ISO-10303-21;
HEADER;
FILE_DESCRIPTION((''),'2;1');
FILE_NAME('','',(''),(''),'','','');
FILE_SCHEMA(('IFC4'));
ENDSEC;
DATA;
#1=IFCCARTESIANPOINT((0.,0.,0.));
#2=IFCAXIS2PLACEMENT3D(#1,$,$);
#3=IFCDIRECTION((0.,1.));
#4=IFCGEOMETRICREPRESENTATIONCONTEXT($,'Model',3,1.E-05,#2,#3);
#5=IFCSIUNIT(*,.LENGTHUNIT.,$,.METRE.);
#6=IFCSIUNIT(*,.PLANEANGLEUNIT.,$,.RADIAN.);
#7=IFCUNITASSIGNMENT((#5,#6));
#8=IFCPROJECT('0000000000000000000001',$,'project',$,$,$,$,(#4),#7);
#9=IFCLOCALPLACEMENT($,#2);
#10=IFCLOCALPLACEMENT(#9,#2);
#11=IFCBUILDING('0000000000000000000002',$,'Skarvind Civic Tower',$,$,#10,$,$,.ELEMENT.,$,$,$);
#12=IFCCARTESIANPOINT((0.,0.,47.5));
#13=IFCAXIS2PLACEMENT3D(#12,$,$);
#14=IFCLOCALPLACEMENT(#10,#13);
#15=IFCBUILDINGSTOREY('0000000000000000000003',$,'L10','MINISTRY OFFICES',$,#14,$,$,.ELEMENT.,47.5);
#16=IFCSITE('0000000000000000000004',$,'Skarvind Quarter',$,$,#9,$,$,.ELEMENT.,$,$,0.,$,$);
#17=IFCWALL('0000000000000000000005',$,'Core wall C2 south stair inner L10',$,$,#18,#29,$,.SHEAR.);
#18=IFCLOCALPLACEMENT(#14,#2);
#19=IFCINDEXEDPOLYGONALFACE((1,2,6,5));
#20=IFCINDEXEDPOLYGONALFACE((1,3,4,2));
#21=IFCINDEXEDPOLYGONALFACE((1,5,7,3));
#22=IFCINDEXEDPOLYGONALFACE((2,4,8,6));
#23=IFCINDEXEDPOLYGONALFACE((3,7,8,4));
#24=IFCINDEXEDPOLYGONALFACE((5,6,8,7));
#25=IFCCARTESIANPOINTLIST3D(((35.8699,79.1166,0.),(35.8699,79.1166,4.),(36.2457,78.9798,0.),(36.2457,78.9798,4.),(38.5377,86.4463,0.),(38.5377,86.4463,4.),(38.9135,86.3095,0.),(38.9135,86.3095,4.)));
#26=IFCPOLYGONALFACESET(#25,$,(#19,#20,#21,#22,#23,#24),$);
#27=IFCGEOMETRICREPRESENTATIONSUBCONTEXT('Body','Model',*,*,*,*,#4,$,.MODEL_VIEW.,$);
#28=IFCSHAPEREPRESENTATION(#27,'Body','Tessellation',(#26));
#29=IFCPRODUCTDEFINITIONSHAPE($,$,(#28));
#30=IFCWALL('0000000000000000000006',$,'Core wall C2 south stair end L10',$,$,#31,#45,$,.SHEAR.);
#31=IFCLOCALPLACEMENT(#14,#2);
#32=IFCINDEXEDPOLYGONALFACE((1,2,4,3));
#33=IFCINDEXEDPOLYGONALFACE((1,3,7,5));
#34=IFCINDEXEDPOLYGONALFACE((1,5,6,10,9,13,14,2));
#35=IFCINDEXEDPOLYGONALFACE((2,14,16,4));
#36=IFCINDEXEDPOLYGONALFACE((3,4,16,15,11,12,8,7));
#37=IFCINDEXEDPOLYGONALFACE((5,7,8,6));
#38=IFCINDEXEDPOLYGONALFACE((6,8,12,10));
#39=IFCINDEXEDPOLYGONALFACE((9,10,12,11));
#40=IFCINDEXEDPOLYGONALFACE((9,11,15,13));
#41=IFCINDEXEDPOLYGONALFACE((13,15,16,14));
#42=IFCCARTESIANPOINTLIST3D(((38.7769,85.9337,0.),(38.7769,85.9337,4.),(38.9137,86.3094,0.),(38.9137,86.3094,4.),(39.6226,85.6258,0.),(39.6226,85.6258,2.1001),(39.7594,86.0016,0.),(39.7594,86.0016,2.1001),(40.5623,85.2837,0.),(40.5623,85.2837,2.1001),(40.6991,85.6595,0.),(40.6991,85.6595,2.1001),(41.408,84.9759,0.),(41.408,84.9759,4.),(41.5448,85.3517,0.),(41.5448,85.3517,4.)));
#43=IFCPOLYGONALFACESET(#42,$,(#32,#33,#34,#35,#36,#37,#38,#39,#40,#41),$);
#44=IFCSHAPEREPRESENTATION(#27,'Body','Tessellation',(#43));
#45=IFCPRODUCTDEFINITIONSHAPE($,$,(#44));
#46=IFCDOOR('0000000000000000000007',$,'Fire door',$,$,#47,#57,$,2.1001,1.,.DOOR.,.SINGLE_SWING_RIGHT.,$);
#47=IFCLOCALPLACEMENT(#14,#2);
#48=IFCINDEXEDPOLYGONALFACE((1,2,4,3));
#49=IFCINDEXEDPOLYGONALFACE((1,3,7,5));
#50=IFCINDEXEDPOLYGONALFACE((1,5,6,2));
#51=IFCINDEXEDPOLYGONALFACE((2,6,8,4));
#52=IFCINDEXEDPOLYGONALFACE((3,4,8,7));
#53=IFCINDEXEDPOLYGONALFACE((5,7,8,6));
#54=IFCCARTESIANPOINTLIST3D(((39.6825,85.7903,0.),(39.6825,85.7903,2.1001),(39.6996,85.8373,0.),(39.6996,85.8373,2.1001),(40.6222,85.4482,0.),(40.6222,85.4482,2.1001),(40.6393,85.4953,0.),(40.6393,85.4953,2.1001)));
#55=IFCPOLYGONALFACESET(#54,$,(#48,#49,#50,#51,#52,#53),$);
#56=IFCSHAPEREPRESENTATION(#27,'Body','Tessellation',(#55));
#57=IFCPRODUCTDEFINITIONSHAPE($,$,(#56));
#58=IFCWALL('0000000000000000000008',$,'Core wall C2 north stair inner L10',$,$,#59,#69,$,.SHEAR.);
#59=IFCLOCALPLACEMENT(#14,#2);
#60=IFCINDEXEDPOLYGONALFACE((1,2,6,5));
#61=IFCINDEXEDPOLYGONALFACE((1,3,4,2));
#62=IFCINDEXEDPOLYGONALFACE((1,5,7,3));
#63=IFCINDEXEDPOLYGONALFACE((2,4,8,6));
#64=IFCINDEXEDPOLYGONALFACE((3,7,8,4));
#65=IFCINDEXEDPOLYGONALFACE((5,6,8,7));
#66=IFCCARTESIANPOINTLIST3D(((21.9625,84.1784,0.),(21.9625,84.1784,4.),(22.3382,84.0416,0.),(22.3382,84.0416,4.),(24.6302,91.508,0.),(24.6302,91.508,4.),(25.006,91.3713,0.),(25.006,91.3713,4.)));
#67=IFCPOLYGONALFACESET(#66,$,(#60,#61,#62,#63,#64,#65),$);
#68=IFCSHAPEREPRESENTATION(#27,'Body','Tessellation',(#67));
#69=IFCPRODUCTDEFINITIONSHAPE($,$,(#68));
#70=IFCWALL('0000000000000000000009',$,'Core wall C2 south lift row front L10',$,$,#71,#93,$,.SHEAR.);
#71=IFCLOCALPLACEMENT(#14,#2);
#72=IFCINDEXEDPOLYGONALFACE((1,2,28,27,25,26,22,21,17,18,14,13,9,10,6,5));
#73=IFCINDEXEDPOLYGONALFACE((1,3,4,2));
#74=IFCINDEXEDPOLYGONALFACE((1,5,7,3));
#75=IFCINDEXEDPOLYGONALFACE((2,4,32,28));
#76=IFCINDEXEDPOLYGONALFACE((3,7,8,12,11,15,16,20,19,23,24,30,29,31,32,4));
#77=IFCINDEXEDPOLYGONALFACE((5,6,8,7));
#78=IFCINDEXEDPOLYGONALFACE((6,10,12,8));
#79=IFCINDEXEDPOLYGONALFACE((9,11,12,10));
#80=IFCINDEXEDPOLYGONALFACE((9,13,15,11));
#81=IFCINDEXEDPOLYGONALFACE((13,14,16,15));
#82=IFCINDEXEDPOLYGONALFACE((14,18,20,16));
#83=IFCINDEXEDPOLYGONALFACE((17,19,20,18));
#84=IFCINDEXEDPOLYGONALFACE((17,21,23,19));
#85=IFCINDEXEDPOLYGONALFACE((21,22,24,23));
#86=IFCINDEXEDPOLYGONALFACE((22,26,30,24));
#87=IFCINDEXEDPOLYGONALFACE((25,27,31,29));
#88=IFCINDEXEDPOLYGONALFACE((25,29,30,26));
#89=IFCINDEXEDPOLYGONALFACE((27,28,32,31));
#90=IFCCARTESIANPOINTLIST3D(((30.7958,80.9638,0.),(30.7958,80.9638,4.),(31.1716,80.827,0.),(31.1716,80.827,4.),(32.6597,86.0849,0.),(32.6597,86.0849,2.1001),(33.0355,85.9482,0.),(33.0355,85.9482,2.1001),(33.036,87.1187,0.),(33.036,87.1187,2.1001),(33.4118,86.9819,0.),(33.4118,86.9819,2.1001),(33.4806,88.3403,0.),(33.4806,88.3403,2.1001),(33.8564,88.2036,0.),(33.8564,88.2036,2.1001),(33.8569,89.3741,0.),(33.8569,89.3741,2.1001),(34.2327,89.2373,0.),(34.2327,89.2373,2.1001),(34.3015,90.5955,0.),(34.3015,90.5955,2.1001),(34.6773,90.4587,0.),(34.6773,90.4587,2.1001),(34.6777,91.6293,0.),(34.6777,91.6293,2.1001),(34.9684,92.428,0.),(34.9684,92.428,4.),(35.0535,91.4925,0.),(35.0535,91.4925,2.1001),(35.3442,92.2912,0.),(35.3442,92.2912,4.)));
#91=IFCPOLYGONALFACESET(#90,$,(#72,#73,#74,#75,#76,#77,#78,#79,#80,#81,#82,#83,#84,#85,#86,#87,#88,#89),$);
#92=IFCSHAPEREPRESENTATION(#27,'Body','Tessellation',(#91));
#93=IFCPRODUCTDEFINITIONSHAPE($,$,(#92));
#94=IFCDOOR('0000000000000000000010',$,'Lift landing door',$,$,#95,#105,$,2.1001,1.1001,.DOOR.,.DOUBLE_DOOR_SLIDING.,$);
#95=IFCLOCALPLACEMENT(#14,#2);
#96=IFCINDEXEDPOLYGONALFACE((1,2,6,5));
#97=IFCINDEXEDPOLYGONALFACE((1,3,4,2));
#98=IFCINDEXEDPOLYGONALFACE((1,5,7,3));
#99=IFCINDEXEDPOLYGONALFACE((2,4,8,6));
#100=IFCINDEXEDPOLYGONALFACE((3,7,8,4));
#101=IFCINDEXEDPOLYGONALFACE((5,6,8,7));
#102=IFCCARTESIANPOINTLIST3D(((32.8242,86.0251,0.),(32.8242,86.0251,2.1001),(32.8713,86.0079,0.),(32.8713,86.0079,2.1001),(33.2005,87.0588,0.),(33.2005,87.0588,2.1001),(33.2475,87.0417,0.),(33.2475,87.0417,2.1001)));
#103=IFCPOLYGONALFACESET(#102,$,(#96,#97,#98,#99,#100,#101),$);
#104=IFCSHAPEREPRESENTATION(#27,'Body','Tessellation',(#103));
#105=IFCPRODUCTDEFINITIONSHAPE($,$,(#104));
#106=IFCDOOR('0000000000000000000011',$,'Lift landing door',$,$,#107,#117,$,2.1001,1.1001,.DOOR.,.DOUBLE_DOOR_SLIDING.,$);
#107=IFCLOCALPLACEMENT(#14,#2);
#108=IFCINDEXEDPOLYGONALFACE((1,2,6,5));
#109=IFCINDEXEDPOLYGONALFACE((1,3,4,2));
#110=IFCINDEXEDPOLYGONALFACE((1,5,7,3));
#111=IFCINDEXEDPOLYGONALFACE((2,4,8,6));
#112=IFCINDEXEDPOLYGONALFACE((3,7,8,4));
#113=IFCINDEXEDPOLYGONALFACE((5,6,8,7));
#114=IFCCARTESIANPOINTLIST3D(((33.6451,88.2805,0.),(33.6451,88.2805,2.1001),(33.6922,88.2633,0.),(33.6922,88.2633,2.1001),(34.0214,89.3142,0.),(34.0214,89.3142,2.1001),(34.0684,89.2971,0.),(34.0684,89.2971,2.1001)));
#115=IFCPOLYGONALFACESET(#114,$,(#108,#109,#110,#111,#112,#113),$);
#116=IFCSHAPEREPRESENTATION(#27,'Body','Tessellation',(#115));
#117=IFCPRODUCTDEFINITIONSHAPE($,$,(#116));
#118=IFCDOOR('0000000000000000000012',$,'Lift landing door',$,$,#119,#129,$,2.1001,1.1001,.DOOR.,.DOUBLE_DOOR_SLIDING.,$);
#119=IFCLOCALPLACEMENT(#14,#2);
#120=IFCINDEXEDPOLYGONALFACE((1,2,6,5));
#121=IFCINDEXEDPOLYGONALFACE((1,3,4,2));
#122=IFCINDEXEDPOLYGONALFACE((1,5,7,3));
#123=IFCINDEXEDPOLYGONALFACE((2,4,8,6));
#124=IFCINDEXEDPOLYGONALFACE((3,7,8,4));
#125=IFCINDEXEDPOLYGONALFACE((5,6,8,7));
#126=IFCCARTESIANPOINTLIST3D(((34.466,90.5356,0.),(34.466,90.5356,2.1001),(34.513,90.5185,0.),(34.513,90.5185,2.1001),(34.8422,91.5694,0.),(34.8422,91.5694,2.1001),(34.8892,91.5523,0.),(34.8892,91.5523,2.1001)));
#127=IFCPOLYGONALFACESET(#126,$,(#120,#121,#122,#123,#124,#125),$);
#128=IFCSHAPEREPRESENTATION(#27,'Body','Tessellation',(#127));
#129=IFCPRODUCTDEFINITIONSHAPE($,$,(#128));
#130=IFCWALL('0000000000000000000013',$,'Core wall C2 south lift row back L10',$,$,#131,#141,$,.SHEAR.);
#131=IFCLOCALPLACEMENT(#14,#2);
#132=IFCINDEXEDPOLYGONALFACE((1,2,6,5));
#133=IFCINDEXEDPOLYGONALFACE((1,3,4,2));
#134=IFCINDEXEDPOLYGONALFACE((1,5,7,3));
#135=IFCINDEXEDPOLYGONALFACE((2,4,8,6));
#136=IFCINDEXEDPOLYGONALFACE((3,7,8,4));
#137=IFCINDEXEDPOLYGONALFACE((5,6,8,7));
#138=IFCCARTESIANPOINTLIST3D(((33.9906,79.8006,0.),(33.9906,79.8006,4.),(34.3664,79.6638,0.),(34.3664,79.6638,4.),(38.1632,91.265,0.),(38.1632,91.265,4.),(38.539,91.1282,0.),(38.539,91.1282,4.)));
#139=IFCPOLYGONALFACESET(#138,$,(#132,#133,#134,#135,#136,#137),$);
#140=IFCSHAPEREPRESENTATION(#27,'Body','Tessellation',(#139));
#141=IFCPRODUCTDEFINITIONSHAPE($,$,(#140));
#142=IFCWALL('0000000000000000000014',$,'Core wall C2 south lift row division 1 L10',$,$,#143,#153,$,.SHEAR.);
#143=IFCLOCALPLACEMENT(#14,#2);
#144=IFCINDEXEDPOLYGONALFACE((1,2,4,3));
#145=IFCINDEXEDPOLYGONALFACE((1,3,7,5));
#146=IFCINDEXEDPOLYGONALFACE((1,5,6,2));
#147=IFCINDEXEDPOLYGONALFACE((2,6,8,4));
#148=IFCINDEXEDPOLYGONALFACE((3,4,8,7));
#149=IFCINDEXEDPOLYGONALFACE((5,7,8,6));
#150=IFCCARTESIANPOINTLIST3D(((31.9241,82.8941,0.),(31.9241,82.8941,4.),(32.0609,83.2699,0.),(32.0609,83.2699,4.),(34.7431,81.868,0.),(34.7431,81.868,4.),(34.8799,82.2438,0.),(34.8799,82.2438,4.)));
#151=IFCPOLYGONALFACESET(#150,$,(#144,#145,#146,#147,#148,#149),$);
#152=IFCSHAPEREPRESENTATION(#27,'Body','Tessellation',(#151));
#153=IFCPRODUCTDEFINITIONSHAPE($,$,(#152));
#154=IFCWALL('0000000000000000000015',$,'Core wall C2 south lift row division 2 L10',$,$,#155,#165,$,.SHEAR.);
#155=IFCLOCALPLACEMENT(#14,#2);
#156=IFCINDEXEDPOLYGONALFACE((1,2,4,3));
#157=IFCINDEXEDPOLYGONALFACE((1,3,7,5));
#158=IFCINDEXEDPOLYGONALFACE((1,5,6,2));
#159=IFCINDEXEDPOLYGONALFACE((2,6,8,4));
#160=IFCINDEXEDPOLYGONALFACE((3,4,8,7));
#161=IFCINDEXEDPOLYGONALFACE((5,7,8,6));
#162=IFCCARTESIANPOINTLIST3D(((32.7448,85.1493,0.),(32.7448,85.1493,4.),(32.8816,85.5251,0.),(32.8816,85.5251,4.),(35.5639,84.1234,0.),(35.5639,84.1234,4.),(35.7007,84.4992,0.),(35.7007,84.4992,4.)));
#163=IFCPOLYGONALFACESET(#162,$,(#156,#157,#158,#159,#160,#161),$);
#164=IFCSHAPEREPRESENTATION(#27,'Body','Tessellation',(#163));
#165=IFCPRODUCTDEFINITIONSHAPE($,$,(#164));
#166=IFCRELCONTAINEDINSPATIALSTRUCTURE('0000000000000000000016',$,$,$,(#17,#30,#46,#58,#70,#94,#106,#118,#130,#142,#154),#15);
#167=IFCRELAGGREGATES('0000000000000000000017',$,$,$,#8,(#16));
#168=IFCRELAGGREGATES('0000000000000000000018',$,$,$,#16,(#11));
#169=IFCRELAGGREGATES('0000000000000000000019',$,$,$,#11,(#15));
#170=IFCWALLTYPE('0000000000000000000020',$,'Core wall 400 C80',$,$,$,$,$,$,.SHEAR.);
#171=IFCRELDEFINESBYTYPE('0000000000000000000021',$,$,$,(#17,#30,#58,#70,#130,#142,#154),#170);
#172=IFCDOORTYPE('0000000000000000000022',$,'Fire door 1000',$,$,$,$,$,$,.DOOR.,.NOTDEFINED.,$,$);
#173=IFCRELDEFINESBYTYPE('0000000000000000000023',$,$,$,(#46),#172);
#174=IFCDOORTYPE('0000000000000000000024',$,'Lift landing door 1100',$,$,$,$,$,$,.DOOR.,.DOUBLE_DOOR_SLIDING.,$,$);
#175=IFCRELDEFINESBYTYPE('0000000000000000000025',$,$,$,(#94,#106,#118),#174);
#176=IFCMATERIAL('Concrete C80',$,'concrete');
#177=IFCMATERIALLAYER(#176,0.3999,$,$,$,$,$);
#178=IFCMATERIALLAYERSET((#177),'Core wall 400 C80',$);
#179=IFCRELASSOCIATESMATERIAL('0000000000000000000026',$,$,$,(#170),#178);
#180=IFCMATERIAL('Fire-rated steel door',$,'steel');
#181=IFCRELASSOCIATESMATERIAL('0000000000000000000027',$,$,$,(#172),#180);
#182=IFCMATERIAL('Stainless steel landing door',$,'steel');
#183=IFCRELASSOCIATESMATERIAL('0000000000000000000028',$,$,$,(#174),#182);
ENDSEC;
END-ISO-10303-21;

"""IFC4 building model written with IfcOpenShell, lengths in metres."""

from ifc_helpers import new_model, si_unit, direction, frame, frame_2d, origin, place, context, subcontext, project, spatial, rectangle, extrude, material, layer, layer_set, type_object, element, fill, save


model = new_model("IFC4")

# Units and contexts
model_context = context("Model", 3, precision=1e-05, world=origin(), true_north=direction((0.0, 1.0)))
body_context = subcontext(model_context, "Body", "Model", "MODEL_VIEW")
ifc_project = project(units=[si_unit("LENGTHUNIT", "METRE"), si_unit("PLANEANGLEUNIT", "RADIAN")], contexts=[model_context])

# Site, building, storey
site_placement = place(None, origin())
site = spatial("IfcSite", under=ifc_project, at=site_placement, Name="Skarvind Quarter", CompositionType="ELEMENT", RefElevation=0.0)
building_placement = place(site_placement, origin())
building = spatial("IfcBuilding", under=site, at=building_placement, Name="Skarvind Civic Tower", CompositionType="ELEMENT")
storey_placement = place(building_placement, frame((0.0, 0.0, 47.5)))
storey = spatial("IfcBuildingStorey", under=building, at=storey_placement, Name="L10", Description="MINISTRY OFFICES", CompositionType="ELEMENT", Elevation=47.5)

# Wall
ifc_material_1 = material(Name="Concrete C80", Category="concrete")
ifc_layer_1 = layer(ifc_material_1, 0.3999)
ifc_layer_set_1 = layer_set([ifc_layer_1], Name="Core wall 400 C80")
wall_type_1 = type_object("IfcWallType", Name="Core wall 400 C80", PredefinedType="SHEAR", material=ifc_layer_set_1)
wall_1_placement = place(storey_placement, frame((36.0579, 79.0483, 0.0), z_axis=(0.0, 0.0, 1.0), x_axis=(0.342017, 0.939694, 0.0)))
element("IfcWall", 1, at=wall_1_placement, inside=storey, type_object=wall_type_1, Name="Core wall C2 south stair inner L10", PredefinedType="SHEAR", context=body_context, shape_type="SweptSolid", body=[
    extrude(rectangle(XDim=7.8, YDim=0.3999, at=frame_2d((3.8999, 0.0))), origin(), (0.0, 0.0, 1.0), 4.0),
])

# Wall, opening, door
wall_2_placement = place(storey_placement, frame((41.4763, 85.1638, 0.0), z_axis=(0.0, 0.0, 1.0), x_axis=(-0.939679, 0.342058, 0.0)))
wall_2 = element("IfcWall", 2, at=wall_2_placement, inside=storey, type_object=wall_type_1, Name="Core wall C2 south stair end L10", PredefinedType="SHEAR", context=body_context, shape_type="SweptSolid", body=[
    extrude(rectangle(XDim=2.8, YDim=0.3999, at=frame_2d((1.3999, 0.0))), origin(), (0.0, 0.0, 1.0), 4.0),
])
opening_1_placement = place(wall_2_placement, frame((0.8999, 0.0, 0.0)))
opening_1 = element("IfcOpeningElement", 3, at=opening_1_placement, cuts=wall_2, PredefinedType="OPENING", context=body_context, shape_type="SweptSolid", body=[
    extrude(rectangle(XDim=1.0, YDim=2.1001, at=frame_2d((0.5, 1.05))), frame((0.0, 0.21, 0.0), z_axis=(0.0, -1.0, 0.0), x_axis=(1.0, 0.0, 0.0)), (0.0, 0.0, 1.0), 0.4199),
])
ifc_material_2 = material(Name="Fire-rated steel door", Category="steel")
door_type_1 = type_object("IfcDoorType", Name="Fire door 1000", OperationType="NOTDEFINED", PredefinedType="DOOR", material=ifc_material_2)
door_1_placement = place(opening_1_placement, origin())
door_1 = element("IfcDoor", 4, at=door_1_placement, inside=storey, type_object=door_type_1, Name="Fire door", OperationType="SINGLE_SWING_RIGHT", OverallHeight=2.1001, OverallWidth=1.0, PredefinedType="DOOR", context=body_context, shape_type="SweptSolid", body=[
    extrude(rectangle(XDim=1.0, YDim=2.1001, at=frame_2d((0.5, 1.05))), frame((0.0, 0.0249, 0.0), z_axis=(0.0, -1.0, 0.0), x_axis=(1.0, 0.0, 0.0)), (0.0, 0.0, 1.0), 0.05),
])
fill(opening_1, door_1)

# Wall
wall_3_placement = place(storey_placement, frame((22.1504, 84.1101, 0.0), z_axis=(0.0, 0.0, 1.0), x_axis=(0.342017, 0.939694, 0.0)))
element("IfcWall", 5, at=wall_3_placement, inside=storey, type_object=wall_type_1, Name="Core wall C2 north stair inner L10", PredefinedType="SHEAR", context=body_context, shape_type="SweptSolid", body=[
    extrude(rectangle(XDim=7.8, YDim=0.3999, at=frame_2d((3.8999, 0.0))), origin(), (0.0, 0.0, 1.0), 4.0),
])

# Wall, openings, doors
wall_4_placement = place(storey_placement, frame((30.9836, 80.8953, 0.0), z_axis=(0.0, 0.0, 1.0), x_axis=(0.342021, 0.939692, 0.0)))
wall_4 = element("IfcWall", 6, at=wall_4_placement, inside=storey, type_object=wall_type_1, Name="Core wall C2 south lift row front L10", PredefinedType="SHEAR", context=body_context, shape_type="SweptSolid", body=[
    extrude(rectangle(XDim=12.2, YDim=0.3999, at=frame_2d((6.1001, 0.0))), origin(), (0.0, 0.0, 1.0), 4.0),
])
opening_2_placement = place(wall_4_placement, frame((5.45, 0.0, 0.0)))
opening_2 = element("IfcOpeningElement", 7, at=opening_2_placement, cuts=wall_4, PredefinedType="OPENING", context=body_context, shape_type="SweptSolid", body=[
    extrude(rectangle(XDim=1.1001, YDim=2.1001, at=frame_2d((0.55, 1.05))), frame((0.0, 0.21, 0.0), z_axis=(0.0, -1.0, 0.0), x_axis=(1.0, 0.0, 0.0)), (0.0, 0.0, 1.0), 0.4199),
])
opening_3_placement = place(wall_4_placement, frame((7.8501, 0.0, 0.0)))
opening_3 = element("IfcOpeningElement", 8, at=opening_3_placement, cuts=wall_4, PredefinedType="OPENING", context=body_context, shape_type="SweptSolid", body=[
    extrude(rectangle(XDim=1.1001, YDim=2.1001, at=frame_2d((0.55, 1.05))), frame((0.0, 0.21, 0.0), z_axis=(0.0, -1.0, 0.0), x_axis=(1.0, 0.0, 0.0)), (0.0, 0.0, 1.0), 0.4199),
])
opening_4_placement = place(wall_4_placement, frame((10.25, 0.0, 0.0)))
opening_4 = element("IfcOpeningElement", 9, at=opening_4_placement, cuts=wall_4, PredefinedType="OPENING", context=body_context, shape_type="SweptSolid", body=[
    extrude(rectangle(XDim=1.1001, YDim=2.1001, at=frame_2d((0.55, 1.05))), frame((0.0, 0.21, 0.0), z_axis=(0.0, -1.0, 0.0), x_axis=(1.0, 0.0, 0.0)), (0.0, 0.0, 1.0), 0.4199),
])
ifc_material_3 = material(Name="Stainless steel landing door", Category="steel")
door_type_2 = type_object("IfcDoorType", Name="Lift landing door 1100", OperationType="DOUBLE_DOOR_SLIDING", PredefinedType="DOOR", material=ifc_material_3)
door_2_placement = place(opening_2_placement, origin())
door_2 = element("IfcDoor", 10, at=door_2_placement, inside=storey, type_object=door_type_2, Name="Lift landing door", OperationType="DOUBLE_DOOR_SLIDING", OverallHeight=2.1001, OverallWidth=1.1001, PredefinedType="DOOR", context=body_context, shape_type="SweptSolid", body=[
    extrude(rectangle(XDim=1.1001, YDim=2.1001, at=frame_2d((0.55, 1.05))), frame((0.0, 0.0249, 0.0), z_axis=(0.0, -1.0, 0.0), x_axis=(1.0, 0.0, 0.0)), (0.0, 0.0, 1.0), 0.05),
])
fill(opening_2, door_2)
door_3_placement = place(opening_3_placement, origin())
door_3 = element("IfcDoor", 11, at=door_3_placement, inside=storey, type_object=door_type_2, Name="Lift landing door", OperationType="DOUBLE_DOOR_SLIDING", OverallHeight=2.1001, OverallWidth=1.1001, PredefinedType="DOOR", context=body_context, shape_type="SweptSolid", body=[
    extrude(rectangle(XDim=1.1001, YDim=2.1001, at=frame_2d((0.55, 1.05))), frame((0.0, 0.0249, 0.0), z_axis=(0.0, -1.0, 0.0), x_axis=(1.0, 0.0, 0.0)), (0.0, 0.0, 1.0), 0.05),
])
fill(opening_3, door_3)
door_4_placement = place(opening_4_placement, origin())
door_4 = element("IfcDoor", 12, at=door_4_placement, inside=storey, type_object=door_type_2, Name="Lift landing door", OperationType="DOUBLE_DOOR_SLIDING", OverallHeight=2.1001, OverallWidth=1.1001, PredefinedType="DOOR", context=body_context, shape_type="SweptSolid", body=[
    extrude(rectangle(XDim=1.1001, YDim=2.1001, at=frame_2d((0.55, 1.05))), frame((0.0, 0.0249, 0.0), z_axis=(0.0, -1.0, 0.0), x_axis=(1.0, 0.0, 0.0)), (0.0, 0.0, 1.0), 0.05),
])
fill(opening_4, door_4)

# Walls
wall_5_placement = place(storey_placement, frame((34.1785, 79.7322, 0.0), z_axis=(0.0, 0.0, 1.0), x_axis=(0.342015, 0.939695, 0.0)))
element("IfcWall", 13, at=wall_5_placement, inside=storey, type_object=wall_type_1, Name="Core wall C2 south lift row back L10", PredefinedType="SHEAR", context=body_context, shape_type="SweptSolid", body=[
    extrude(rectangle(XDim=12.2002, YDim=0.3999, at=frame_2d((6.1001, 0.0))), origin(), (0.0, 0.0, 1.0), 4.0),
])
for number, where, z_axis, x_axis, name in (
    (14, (34.8115, 82.0559, 0.0), (0.0, 0.0, 1.0), (-0.939686, 0.342037, 0.0), "Core wall C2 south lift row division 1 L10"),
    (15, (35.6323, 84.3113, 0.0), (0.0, 0.0, 1.0), (-0.939713, 0.341965, 0.0), "Core wall C2 south lift row division 2 L10"),
):
    element("IfcWall", number, at=place(storey_placement, frame(where, z_axis=z_axis, x_axis=x_axis)), inside=storey, type_object=wall_type_1, Name=name, PredefinedType="SHEAR", context=body_context, shape_type="SweptSolid", body=[
        extrude(rectangle(XDim=3.0, YDim=0.3999, at=frame_2d((1.5, 0.0))), origin(), (0.0, 0.0, 1.0), 4.0),
    ])

save(model, "model.ifc")
